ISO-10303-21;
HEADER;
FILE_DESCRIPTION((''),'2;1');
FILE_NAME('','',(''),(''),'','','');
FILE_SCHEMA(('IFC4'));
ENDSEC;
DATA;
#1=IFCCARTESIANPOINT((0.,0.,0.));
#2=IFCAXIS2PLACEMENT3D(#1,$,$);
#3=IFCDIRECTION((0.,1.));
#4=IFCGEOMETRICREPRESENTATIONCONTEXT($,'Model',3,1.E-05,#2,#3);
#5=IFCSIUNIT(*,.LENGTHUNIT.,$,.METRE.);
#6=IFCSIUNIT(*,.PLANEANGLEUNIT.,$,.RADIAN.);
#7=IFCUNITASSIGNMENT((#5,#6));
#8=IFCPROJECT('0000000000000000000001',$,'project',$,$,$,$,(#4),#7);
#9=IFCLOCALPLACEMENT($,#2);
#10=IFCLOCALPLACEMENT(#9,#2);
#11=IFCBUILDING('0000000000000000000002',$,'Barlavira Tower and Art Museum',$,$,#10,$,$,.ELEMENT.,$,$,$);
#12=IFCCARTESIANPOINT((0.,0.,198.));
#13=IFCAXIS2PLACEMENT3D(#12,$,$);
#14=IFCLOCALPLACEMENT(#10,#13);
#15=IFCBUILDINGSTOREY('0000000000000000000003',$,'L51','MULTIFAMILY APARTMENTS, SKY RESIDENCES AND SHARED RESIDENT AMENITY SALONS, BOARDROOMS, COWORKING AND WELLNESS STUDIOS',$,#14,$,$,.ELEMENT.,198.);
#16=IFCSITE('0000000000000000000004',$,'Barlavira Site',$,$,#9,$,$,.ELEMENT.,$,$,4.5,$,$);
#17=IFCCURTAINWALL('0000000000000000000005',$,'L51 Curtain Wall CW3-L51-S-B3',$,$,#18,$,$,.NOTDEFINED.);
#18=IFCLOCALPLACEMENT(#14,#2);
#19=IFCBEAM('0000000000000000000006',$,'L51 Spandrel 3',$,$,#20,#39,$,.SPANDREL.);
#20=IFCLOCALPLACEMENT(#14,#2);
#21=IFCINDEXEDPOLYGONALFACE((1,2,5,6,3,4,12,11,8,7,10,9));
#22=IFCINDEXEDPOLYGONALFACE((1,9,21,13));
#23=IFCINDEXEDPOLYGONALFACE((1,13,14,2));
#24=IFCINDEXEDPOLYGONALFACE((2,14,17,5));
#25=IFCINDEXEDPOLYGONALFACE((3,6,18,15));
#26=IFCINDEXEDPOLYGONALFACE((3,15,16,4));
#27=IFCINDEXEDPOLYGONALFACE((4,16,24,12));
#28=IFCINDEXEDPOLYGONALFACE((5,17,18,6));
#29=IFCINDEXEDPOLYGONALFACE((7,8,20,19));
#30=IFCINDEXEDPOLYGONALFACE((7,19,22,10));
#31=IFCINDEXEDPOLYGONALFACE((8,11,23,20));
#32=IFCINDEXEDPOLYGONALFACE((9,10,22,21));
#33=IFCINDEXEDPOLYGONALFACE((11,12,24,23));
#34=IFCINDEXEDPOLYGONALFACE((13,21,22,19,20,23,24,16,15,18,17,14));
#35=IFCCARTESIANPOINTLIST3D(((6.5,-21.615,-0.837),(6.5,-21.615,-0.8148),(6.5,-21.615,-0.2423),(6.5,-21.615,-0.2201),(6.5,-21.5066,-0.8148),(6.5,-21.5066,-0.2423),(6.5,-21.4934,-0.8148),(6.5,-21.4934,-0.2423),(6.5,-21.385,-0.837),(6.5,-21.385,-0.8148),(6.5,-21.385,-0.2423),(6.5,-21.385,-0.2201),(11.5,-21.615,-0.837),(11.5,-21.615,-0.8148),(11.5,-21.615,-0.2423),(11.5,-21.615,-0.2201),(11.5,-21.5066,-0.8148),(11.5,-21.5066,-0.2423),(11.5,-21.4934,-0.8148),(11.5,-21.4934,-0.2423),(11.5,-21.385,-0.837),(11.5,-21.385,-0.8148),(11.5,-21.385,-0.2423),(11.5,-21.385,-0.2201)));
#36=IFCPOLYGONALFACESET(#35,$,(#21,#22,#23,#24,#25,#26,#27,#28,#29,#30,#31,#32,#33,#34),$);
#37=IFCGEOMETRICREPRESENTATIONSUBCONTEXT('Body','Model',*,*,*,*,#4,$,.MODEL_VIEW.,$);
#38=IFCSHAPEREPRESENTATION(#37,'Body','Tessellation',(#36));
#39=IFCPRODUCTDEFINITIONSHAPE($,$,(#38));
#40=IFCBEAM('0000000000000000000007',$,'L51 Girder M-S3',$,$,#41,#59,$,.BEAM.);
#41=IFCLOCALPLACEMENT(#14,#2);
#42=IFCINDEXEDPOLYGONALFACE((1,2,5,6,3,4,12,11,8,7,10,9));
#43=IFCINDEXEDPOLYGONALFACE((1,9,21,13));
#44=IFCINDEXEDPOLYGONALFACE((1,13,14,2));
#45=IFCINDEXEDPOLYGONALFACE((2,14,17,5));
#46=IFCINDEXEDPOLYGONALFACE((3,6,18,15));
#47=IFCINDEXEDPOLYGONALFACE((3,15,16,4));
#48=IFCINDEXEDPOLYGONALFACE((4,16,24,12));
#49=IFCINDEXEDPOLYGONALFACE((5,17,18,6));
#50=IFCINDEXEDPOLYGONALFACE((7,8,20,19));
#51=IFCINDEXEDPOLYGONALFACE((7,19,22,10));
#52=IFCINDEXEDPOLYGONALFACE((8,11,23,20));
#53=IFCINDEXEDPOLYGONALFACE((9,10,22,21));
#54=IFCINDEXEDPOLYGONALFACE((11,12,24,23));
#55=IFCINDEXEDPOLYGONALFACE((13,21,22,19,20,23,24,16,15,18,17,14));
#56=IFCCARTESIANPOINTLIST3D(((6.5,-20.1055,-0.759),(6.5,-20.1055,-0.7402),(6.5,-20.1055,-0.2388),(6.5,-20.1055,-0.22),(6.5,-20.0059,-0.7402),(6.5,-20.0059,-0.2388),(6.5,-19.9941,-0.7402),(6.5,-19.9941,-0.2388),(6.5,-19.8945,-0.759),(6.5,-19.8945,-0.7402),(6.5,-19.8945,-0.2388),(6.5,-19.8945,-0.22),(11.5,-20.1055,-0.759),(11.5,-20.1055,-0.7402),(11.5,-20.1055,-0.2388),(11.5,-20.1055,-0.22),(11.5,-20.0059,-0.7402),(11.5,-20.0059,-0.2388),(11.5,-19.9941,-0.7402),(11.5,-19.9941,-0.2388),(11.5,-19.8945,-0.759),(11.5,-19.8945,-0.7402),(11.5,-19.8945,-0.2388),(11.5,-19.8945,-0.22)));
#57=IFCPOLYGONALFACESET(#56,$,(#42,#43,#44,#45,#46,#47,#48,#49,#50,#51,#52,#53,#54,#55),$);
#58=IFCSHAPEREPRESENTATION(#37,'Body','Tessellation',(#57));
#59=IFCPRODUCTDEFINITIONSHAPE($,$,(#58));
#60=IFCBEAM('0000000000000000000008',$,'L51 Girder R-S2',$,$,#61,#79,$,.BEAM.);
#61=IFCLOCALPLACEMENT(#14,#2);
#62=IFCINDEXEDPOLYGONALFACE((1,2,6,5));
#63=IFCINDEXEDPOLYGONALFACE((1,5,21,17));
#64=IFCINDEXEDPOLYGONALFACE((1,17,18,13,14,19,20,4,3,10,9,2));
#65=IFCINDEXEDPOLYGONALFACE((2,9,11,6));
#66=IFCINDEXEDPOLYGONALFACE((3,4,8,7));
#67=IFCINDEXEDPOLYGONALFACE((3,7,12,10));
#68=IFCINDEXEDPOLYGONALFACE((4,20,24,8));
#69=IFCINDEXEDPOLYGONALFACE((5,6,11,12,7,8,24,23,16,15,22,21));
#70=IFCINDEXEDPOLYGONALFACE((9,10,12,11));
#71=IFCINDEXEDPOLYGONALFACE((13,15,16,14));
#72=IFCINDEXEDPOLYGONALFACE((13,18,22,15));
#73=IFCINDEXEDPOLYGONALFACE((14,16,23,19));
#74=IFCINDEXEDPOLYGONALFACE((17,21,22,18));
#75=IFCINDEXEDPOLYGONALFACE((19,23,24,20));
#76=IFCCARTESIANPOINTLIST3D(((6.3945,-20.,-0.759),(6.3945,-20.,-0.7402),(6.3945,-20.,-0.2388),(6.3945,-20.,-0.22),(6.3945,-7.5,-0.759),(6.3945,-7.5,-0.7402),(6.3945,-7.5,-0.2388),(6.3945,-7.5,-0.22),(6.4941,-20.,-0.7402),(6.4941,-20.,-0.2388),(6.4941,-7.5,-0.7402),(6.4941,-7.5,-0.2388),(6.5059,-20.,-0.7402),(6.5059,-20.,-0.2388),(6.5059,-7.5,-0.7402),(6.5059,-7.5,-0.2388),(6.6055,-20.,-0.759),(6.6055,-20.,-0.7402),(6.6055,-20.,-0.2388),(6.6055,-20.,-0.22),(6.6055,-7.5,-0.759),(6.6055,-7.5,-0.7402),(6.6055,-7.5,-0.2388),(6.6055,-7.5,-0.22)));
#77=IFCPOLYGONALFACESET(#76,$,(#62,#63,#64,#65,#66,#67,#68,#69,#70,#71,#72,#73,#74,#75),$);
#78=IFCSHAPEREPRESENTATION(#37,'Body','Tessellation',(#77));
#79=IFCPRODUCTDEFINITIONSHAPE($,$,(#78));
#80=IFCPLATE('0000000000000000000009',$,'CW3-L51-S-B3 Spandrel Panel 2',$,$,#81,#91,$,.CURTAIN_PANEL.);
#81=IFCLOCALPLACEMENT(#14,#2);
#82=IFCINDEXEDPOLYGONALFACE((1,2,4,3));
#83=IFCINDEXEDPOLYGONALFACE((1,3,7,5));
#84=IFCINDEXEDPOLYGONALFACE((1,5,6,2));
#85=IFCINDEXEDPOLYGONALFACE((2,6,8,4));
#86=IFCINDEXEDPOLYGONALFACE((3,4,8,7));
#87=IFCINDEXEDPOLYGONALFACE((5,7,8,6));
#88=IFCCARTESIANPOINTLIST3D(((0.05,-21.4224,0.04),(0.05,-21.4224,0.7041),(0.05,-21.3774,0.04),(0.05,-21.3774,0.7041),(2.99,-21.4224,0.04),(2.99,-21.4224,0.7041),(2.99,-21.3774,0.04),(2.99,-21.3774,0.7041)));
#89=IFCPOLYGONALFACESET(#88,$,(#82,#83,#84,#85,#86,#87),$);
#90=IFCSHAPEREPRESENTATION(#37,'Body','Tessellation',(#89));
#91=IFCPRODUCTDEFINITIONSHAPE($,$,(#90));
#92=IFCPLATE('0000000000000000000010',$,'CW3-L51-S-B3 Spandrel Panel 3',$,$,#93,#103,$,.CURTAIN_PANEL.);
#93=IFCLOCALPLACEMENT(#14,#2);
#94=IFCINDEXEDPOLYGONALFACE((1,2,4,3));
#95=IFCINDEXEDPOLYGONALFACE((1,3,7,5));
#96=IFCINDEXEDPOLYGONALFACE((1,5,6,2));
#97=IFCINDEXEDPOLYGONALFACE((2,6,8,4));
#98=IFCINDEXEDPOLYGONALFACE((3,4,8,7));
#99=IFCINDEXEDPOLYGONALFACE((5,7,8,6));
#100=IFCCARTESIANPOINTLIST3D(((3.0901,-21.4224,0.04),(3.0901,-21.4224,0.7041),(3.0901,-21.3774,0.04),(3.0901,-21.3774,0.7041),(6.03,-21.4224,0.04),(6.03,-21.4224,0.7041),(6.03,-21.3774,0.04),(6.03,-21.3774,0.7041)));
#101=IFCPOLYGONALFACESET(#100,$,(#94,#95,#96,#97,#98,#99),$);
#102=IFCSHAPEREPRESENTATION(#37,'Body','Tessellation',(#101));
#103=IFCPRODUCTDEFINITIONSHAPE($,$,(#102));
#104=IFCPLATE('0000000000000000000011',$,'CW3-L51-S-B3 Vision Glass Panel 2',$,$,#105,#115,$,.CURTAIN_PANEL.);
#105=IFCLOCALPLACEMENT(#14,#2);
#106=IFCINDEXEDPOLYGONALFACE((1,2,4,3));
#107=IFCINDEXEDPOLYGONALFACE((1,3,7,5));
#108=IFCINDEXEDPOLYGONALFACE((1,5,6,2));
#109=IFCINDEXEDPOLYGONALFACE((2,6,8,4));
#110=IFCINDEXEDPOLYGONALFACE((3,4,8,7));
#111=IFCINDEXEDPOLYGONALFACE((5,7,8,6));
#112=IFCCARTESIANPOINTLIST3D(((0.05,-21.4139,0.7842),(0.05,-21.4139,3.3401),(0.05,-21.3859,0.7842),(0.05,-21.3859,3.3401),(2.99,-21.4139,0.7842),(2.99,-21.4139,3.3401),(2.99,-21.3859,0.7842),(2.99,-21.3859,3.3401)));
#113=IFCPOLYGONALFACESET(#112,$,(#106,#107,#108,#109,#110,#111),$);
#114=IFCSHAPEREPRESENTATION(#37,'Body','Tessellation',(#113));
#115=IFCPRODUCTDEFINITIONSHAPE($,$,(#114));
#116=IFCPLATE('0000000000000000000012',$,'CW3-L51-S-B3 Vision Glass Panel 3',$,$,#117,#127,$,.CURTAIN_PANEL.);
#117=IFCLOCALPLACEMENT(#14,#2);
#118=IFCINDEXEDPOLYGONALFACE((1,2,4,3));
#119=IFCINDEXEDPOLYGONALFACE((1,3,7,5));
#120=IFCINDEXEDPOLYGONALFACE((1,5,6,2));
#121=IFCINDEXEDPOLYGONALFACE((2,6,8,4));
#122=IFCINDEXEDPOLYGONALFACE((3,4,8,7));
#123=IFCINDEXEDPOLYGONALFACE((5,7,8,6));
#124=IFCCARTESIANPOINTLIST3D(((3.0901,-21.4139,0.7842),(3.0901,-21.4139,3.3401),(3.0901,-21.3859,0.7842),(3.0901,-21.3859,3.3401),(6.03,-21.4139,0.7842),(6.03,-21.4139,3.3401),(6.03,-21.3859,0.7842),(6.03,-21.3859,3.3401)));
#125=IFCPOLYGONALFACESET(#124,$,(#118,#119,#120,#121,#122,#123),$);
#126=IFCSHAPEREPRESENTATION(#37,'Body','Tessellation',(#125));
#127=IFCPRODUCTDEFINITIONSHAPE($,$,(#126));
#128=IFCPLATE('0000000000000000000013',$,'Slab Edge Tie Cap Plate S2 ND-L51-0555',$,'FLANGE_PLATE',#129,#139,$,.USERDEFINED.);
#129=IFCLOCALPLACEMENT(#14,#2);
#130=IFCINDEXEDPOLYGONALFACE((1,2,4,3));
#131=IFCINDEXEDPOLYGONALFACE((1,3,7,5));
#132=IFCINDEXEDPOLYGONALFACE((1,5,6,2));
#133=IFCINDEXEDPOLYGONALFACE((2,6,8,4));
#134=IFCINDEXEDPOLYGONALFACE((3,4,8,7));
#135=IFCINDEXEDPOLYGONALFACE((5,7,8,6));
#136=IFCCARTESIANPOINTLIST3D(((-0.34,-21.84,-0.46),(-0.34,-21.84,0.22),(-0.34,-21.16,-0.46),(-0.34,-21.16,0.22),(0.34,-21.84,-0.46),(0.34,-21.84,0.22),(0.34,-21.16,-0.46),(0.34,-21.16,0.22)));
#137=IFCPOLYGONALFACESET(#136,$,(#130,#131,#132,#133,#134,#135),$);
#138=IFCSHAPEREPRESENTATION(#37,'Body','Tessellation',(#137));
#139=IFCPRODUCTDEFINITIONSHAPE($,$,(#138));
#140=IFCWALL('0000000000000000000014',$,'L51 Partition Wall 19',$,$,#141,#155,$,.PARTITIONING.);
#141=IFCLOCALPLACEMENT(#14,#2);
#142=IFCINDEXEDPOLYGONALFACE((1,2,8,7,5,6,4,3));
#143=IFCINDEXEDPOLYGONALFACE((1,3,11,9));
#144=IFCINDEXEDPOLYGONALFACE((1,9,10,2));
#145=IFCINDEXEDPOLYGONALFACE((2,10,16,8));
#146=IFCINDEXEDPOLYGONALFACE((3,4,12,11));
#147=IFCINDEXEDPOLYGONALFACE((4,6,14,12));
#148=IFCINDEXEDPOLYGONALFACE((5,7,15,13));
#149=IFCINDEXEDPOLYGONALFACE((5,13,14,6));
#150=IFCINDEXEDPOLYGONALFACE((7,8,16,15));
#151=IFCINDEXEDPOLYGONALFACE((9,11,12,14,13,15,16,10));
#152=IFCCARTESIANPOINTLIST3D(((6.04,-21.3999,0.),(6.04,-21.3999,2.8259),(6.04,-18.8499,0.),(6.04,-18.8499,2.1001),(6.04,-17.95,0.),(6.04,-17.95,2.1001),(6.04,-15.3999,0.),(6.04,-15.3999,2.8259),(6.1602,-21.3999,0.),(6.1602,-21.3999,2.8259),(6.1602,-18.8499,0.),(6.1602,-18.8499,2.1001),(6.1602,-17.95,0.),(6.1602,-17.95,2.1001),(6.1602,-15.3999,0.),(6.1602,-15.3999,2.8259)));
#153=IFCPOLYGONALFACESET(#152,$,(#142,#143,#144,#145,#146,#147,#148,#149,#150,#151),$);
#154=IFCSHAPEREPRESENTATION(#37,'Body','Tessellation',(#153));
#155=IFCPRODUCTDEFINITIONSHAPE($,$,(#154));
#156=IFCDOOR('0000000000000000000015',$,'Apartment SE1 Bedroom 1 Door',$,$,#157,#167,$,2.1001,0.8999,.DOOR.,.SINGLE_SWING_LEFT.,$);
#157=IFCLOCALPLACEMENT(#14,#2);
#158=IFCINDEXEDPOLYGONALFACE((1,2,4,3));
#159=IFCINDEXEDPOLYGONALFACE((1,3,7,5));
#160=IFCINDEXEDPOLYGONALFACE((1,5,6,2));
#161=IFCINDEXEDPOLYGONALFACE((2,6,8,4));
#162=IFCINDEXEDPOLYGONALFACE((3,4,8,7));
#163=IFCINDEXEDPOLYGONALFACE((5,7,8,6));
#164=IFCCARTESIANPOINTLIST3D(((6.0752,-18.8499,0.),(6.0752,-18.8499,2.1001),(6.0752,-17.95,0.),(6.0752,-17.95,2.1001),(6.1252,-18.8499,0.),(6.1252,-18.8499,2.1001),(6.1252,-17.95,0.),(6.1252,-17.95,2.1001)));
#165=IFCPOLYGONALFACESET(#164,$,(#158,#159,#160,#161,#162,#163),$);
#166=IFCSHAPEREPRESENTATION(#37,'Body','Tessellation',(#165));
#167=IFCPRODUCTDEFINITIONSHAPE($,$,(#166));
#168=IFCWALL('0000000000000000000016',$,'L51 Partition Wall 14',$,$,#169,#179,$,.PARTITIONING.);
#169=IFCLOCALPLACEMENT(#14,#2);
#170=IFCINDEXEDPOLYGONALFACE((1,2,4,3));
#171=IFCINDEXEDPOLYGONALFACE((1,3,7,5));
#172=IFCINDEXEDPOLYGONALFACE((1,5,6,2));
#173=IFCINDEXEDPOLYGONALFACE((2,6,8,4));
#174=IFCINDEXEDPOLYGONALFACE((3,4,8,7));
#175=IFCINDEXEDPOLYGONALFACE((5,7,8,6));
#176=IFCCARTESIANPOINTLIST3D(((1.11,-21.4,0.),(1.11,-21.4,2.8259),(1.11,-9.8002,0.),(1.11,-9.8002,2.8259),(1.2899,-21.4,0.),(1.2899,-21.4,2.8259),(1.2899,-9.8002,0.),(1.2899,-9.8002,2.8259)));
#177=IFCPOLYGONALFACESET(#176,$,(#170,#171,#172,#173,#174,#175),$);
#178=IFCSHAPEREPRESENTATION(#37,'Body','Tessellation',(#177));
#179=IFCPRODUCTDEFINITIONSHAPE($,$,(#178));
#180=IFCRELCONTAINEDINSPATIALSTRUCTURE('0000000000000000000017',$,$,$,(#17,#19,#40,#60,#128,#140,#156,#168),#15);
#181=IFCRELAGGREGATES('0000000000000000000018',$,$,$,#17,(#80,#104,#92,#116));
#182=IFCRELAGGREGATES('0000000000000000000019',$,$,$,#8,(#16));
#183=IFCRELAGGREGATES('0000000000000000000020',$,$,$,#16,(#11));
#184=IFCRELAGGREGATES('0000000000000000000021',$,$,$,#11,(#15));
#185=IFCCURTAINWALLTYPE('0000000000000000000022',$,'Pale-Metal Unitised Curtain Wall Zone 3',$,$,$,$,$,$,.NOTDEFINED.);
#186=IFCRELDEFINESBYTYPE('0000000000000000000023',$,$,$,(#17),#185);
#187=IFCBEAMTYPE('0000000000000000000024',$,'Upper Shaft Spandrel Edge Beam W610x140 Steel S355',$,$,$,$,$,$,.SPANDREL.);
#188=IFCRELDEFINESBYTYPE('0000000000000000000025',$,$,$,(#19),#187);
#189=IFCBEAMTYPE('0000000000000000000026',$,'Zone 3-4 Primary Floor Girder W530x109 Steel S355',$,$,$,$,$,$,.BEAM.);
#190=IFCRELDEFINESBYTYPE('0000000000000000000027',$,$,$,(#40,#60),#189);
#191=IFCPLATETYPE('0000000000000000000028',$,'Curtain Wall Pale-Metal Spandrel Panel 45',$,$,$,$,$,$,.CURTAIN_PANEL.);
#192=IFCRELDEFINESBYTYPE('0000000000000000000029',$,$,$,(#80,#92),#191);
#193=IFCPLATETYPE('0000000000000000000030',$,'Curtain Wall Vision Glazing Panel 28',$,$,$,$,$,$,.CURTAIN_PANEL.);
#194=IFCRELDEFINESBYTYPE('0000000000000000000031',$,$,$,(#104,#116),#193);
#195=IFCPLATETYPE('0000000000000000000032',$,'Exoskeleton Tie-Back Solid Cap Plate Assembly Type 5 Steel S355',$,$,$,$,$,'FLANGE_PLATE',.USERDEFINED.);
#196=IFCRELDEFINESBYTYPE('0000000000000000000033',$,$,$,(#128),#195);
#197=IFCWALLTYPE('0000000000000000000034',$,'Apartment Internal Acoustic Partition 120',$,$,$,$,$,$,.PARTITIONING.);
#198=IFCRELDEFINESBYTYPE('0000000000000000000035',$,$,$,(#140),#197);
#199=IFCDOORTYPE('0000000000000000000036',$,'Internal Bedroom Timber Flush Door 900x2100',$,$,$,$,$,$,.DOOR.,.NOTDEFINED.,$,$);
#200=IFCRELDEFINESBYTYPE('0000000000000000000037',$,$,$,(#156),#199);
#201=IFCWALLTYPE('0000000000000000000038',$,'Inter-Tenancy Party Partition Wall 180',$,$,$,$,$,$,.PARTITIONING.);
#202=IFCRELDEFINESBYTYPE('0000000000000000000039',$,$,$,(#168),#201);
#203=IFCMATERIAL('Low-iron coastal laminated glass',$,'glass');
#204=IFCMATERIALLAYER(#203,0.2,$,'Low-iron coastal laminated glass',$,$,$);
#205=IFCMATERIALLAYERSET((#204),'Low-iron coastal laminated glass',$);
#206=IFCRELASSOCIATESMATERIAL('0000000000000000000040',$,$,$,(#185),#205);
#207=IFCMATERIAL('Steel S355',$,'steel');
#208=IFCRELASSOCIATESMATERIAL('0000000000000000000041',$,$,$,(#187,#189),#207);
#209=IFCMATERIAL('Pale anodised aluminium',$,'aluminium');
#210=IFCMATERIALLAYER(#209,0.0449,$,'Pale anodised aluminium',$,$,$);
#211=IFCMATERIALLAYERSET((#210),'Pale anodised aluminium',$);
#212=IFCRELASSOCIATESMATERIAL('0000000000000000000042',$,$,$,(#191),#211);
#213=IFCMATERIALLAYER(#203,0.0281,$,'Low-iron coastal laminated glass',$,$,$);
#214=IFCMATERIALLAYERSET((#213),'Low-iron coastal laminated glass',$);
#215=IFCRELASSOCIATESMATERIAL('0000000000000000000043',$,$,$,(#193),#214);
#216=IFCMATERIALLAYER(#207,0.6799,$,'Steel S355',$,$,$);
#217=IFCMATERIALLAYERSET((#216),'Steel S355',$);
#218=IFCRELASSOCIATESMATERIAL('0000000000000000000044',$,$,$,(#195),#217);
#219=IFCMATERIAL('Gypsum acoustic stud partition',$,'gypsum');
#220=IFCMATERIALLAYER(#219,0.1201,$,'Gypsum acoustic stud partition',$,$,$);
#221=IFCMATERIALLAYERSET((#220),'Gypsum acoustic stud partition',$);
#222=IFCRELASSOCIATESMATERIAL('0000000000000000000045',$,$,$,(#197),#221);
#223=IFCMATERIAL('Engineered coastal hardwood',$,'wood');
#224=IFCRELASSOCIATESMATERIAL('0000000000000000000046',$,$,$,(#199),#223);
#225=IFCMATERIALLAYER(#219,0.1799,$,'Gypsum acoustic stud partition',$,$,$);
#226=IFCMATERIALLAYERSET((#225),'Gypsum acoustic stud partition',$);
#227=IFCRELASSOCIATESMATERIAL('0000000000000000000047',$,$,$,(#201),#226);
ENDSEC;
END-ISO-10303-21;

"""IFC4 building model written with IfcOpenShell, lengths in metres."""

from ifc_helpers import new_model, si_unit, direction, frame, frame_2d, origin, origin_2d, place, context, subcontext, project, spatial, rectangle, i_section, extrude, material, layer, layer_set, material_profile, profile_set, type_object, element, fill, aggregate, save


model = new_model("IFC4")

# Units and contexts
model_context = context("Model", 3, precision=1e-05, world=origin(), true_north=direction((0.0, 1.0)))
body_context = subcontext(model_context, "Body", "Model", "MODEL_VIEW")
ifc_project = project(units=[si_unit("LENGTHUNIT", "METRE"), si_unit("PLANEANGLEUNIT", "RADIAN")], contexts=[model_context])

# Site, building, storey
site_placement = place(None, origin())
site = spatial("IfcSite", under=ifc_project, at=site_placement, Name="Barlavira Site", CompositionType="ELEMENT", RefElevation=4.5)
building_placement = place(site_placement, origin())
building = spatial("IfcBuilding", under=site, at=building_placement, Name="Barlavira Tower and Art Museum", CompositionType="ELEMENT")
storey_placement = place(building_placement, frame((0.0, 0.0, 198.0)))
storey = spatial("IfcBuildingStorey", under=building, at=storey_placement, Name="L51", Description="MULTIFAMILY APARTMENTS, SKY RESIDENCES AND SHARED RESIDENT AMENITY SALONS, BOARDROOMS, COWORKING AND WELLNESS STUDIOS", CompositionType="ELEMENT", Elevation=198.0)

# Curtain wall
ifc_material_1 = material(Name="Low-iron coastal laminated glass", Category="glass")
ifc_layer_1 = layer(ifc_material_1, 0.2, Name="Low-iron coastal laminated glass")
ifc_layer_set_1 = layer_set([ifc_layer_1], Name="Low-iron coastal laminated glass")
curtain_wall_type = type_object("IfcCurtainWallType", Name="Pale-Metal Unitised Curtain Wall Zone 3", PredefinedType="NOTDEFINED", material=ifc_layer_set_1)
curtain_wall_placement = place(storey_placement, origin())
curtain_wall = element("IfcCurtainWall", 1, at=curtain_wall_placement, inside=storey, type_object=curtain_wall_type, Name="L51 Curtain Wall CW3-L51-S-B3", PredefinedType="NOTDEFINED")
ifc_material_2 = material(Name="Pale anodised aluminium", Category="aluminium")

# Beams
ifc_material_3 = material(Name="Steel S355", Category="steel")
ifc_material_profile_1 = material_profile(ifc_material_3, i_section(OverallWidth=0.23, OverallDepth=0.6169, WebThickness=0.0132, FlangeThickness=0.0222, at=origin_2d()), Name="W610x140.0")
ifc_profile_set_1 = profile_set([ifc_material_profile_1], Name="Steel S355")
beam_type_1 = type_object("IfcBeamType", Name="Upper Shaft Spandrel Edge Beam W610x140 Steel S355", PredefinedType="SPANDREL", material=ifc_profile_set_1)
beam_1_placement = place(storey_placement, frame((6.5, -21.5, -0.5286), z_axis=(1.0, 0.0, 0.0), x_axis=(0.0, 1.0, 0.0)))
element("IfcBeam", 2, at=beam_1_placement, inside=storey, type_object=beam_type_1, Name="L51 Spandrel 3", PredefinedType="SPANDREL", context=body_context, shape_type="SweptSolid", body=[
    extrude(i_section(OverallWidth=0.23, OverallDepth=0.6169, WebThickness=0.0132, FlangeThickness=0.0222, at=origin_2d()), origin(), (0.0, 0.0, 1.0), 5.0),
])
ifc_material_profile_2 = material_profile(ifc_material_3, i_section(OverallWidth=0.2109, OverallDepth=0.5391, WebThickness=0.0117, FlangeThickness=0.0188, at=origin_2d()), Name="W530x109.0")
ifc_profile_set_2 = profile_set([ifc_material_profile_2], Name="Steel S355")
beam_type_2 = type_object("IfcBeamType", Name="Zone 3-4 Primary Floor Girder W530x109 Steel S355", PredefinedType="BEAM", material=ifc_profile_set_2)
beam_2_placement = place(storey_placement, frame((6.5, -20.0, -0.4895), z_axis=(1.0, 0.0, 0.0), x_axis=(0.0, 1.0, 0.0)))
element("IfcBeam", 3, at=beam_2_placement, inside=storey, type_object=beam_type_2, Name="L51 Girder M-S3", PredefinedType="BEAM", context=body_context, shape_type="SweptSolid", body=[
    extrude(i_section(OverallWidth=0.2109, OverallDepth=0.5391, WebThickness=0.0117, FlangeThickness=0.0188, at=origin_2d()), origin(), (0.0, 0.0, 1.0), 5.0),
])
beam_3_placement = place(storey_placement, frame((6.5, -20.0, -0.4895), z_axis=(0.0, 1.0, 0.0), x_axis=(-1.0, 0.0, 0.0)))
element("IfcBeam", 4, at=beam_3_placement, inside=storey, type_object=beam_type_2, Name="L51 Girder R-S2", PredefinedType="BEAM", context=body_context, shape_type="SweptSolid", body=[
    extrude(i_section(OverallWidth=0.2109, OverallDepth=0.5391, WebThickness=0.0117, FlangeThickness=0.0188, at=origin_2d()), origin(), (0.0, 0.0, 1.0), 12.5),
])

# Plates
ifc_layer_2 = layer(ifc_material_2, 0.0449, Name="Pale anodised aluminium")
ifc_layer_set_2 = layer_set([ifc_layer_2], Name="Pale anodised aluminium")
plate_type_1 = type_object("IfcPlateType", Name="Curtain Wall Pale-Metal Spandrel Panel 45", PredefinedType="CURTAIN_PANEL", material=ifc_layer_set_2)
plate_1_placement = place(storey_placement, frame((1.52, -21.3999, 0.04), z_axis=(0.0, 0.0, 1.0), x_axis=(1.0, 0.0, 0.0)))
plate_1 = element("IfcPlate", 5, at=plate_1_placement, type_object=plate_type_1, Name="CW3-L51-S-B3 Spandrel Panel 2", PredefinedType="CURTAIN_PANEL", context=body_context, shape_type="SweptSolid", body=[
    extrude(rectangle(XDim=2.9399, YDim=0.0449, at=origin_2d()), origin(), (0.0, 0.0, 1.0), 0.6641),
])
plate_2_placement = place(storey_placement, frame((4.5601, -21.3999, 0.04), z_axis=(0.0, 0.0, 1.0), x_axis=(1.0, 0.0, 0.0)))
plate_2 = element("IfcPlate", 6, at=plate_2_placement, type_object=plate_type_1, Name="CW3-L51-S-B3 Spandrel Panel 3", PredefinedType="CURTAIN_PANEL", context=body_context, shape_type="SweptSolid", body=[
    extrude(rectangle(XDim=2.9399, YDim=0.0449, at=origin_2d()), origin(), (0.0, 0.0, 1.0), 0.6641),
])
ifc_layer_3 = layer(ifc_material_1, 0.0281, Name="Low-iron coastal laminated glass")
ifc_layer_set_3 = layer_set([ifc_layer_3], Name="Low-iron coastal laminated glass")
plate_type_2 = type_object("IfcPlateType", Name="Curtain Wall Vision Glazing Panel 28", PredefinedType="CURTAIN_PANEL", material=ifc_layer_set_3)
plate_3_placement = place(storey_placement, frame((1.52, -21.3999, 0.7842), z_axis=(0.0, 0.0, 1.0), x_axis=(1.0, 0.0, 0.0)))
plate_3 = element("IfcPlate", 7, at=plate_3_placement, type_object=plate_type_2, Name="CW3-L51-S-B3 Vision Glass Panel 2", PredefinedType="CURTAIN_PANEL", context=body_context, shape_type="SweptSolid", body=[
    extrude(rectangle(XDim=2.9399, YDim=0.0281, at=origin_2d()), origin(), (0.0, 0.0, 1.0), 2.5559),
])
plate_4_placement = place(storey_placement, frame((4.5601, -21.3999, 0.7842), z_axis=(0.0, 0.0, 1.0), x_axis=(1.0, 0.0, 0.0)))
plate_4 = element("IfcPlate", 8, at=plate_4_placement, type_object=plate_type_2, Name="CW3-L51-S-B3 Vision Glass Panel 3", PredefinedType="CURTAIN_PANEL", context=body_context, shape_type="SweptSolid", body=[
    extrude(rectangle(XDim=2.9399, YDim=0.0281, at=origin_2d()), origin(), (0.0, 0.0, 1.0), 2.5559),
])
aggregate(curtain_wall, [plate_1, plate_3, plate_2, plate_4])
ifc_layer_4 = layer(ifc_material_3, 0.6799, Name="Steel S355")
ifc_layer_set_4 = layer_set([ifc_layer_4], Name="Steel S355")
plate_type_3 = type_object("IfcPlateType", Name="Exoskeleton Tie-Back Solid Cap Plate Assembly Type 5 Steel S355", ElementType="FLANGE_PLATE", PredefinedType="USERDEFINED", material=ifc_layer_set_4)
plate_5_placement = place(storey_placement, frame((0.0, -21.5, -0.46), z_axis=(0.0, 0.0, 1.0), x_axis=(1.0, 0.0, 0.0)))
element("IfcPlate", 9, at=plate_5_placement, inside=storey, type_object=plate_type_3, Name="Slab Edge Tie Cap Plate S2 ND-L51-0555", ObjectType="FLANGE_PLATE", PredefinedType="USERDEFINED", context=body_context, shape_type="SweptSolid", body=[
    extrude(rectangle(XDim=0.6799, YDim=0.6799, at=origin_2d()), origin(), (0.0, 0.0, 1.0), 0.6799),
])

# Wall, opening, door
ifc_material_4 = material(Name="Gypsum acoustic stud partition", Category="gypsum")
ifc_layer_5 = layer(ifc_material_4, 0.1201, Name="Gypsum acoustic stud partition")
ifc_layer_set_5 = layer_set([ifc_layer_5], Name="Gypsum acoustic stud partition")
wall_type_1 = type_object("IfcWallType", Name="Apartment Internal Acoustic Partition 120", PredefinedType="PARTITIONING", material=ifc_layer_set_5)
wall_1_placement = place(storey_placement, frame((6.1001, -21.3999, 0.0), z_axis=(0.0, 0.0, 1.0), x_axis=(0.0, 1.0, 0.0)))
wall_1 = element("IfcWall", 10, at=wall_1_placement, inside=storey, type_object=wall_type_1, Name="L51 Partition Wall 19", PredefinedType="PARTITIONING", context=body_context, shape_type="SweptSolid", body=[
    extrude(rectangle(XDim=6.0, YDim=0.1201, at=frame_2d((3.0, 0.0))), origin(), (0.0, 0.0, 1.0), 2.8259),
])
opening_1_placement = place(wall_1_placement, frame((2.55, 0.0, 0.0)))
opening_1 = element("IfcOpeningElement", 11, at=opening_1_placement, cuts=wall_1, PredefinedType="OPENING", context=body_context, shape_type="SweptSolid", body=[
    extrude(rectangle(XDim=0.8999, YDim=2.1001, at=frame_2d((0.45, 1.05))), frame((0.0, 0.0701, 0.0), z_axis=(0.0, -1.0, 0.0), x_axis=(1.0, 0.0, 0.0)), (0.0, 0.0, 1.0), 0.1401),
])
ifc_material_5 = material(Name="Engineered coastal hardwood", Category="wood")
door_type_1 = type_object("IfcDoorType", Name="Internal Bedroom Timber Flush Door 900x2100", OperationType="NOTDEFINED", PredefinedType="DOOR", material=ifc_material_5)
door_1_placement = place(opening_1_placement, origin())
door_1 = element("IfcDoor", 12, at=door_1_placement, inside=storey, type_object=door_type_1, Name="Apartment SE1 Bedroom 1 Door", OperationType="SINGLE_SWING_LEFT", OverallHeight=2.1001, OverallWidth=0.8999, PredefinedType="DOOR", context=body_context, shape_type="SweptSolid", body=[
    extrude(rectangle(XDim=0.8999, YDim=2.1001, at=frame_2d((0.45, 1.05))), frame((0.0, 0.0249, 0.0), z_axis=(0.0, -1.0, 0.0), x_axis=(1.0, 0.0, 0.0)), (0.0, 0.0, 1.0), 0.05),
])
fill(opening_1, door_1)

# Wall
ifc_layer_6 = layer(ifc_material_4, 0.1799, Name="Gypsum acoustic stud partition")
ifc_layer_set_6 = layer_set([ifc_layer_6], Name="Gypsum acoustic stud partition")
wall_type_2 = type_object("IfcWallType", Name="Inter-Tenancy Party Partition Wall 180", PredefinedType="PARTITIONING", material=ifc_layer_set_6)
wall_2_placement = place(storey_placement, frame((1.2, -21.3999, 0.0), z_axis=(0.0, 0.0, 1.0), x_axis=(0.0, 1.0, 0.0)))
element("IfcWall", 13, at=wall_2_placement, inside=storey, type_object=wall_type_2, Name="L51 Partition Wall 14", PredefinedType="PARTITIONING", context=body_context, shape_type="SweptSolid", body=[
    extrude(rectangle(XDim=11.5999, YDim=0.1799, at=frame_2d((5.7998, 0.0))), origin(), (0.0, 0.0, 1.0), 2.8259),
])

save(model, "model.ifc")
